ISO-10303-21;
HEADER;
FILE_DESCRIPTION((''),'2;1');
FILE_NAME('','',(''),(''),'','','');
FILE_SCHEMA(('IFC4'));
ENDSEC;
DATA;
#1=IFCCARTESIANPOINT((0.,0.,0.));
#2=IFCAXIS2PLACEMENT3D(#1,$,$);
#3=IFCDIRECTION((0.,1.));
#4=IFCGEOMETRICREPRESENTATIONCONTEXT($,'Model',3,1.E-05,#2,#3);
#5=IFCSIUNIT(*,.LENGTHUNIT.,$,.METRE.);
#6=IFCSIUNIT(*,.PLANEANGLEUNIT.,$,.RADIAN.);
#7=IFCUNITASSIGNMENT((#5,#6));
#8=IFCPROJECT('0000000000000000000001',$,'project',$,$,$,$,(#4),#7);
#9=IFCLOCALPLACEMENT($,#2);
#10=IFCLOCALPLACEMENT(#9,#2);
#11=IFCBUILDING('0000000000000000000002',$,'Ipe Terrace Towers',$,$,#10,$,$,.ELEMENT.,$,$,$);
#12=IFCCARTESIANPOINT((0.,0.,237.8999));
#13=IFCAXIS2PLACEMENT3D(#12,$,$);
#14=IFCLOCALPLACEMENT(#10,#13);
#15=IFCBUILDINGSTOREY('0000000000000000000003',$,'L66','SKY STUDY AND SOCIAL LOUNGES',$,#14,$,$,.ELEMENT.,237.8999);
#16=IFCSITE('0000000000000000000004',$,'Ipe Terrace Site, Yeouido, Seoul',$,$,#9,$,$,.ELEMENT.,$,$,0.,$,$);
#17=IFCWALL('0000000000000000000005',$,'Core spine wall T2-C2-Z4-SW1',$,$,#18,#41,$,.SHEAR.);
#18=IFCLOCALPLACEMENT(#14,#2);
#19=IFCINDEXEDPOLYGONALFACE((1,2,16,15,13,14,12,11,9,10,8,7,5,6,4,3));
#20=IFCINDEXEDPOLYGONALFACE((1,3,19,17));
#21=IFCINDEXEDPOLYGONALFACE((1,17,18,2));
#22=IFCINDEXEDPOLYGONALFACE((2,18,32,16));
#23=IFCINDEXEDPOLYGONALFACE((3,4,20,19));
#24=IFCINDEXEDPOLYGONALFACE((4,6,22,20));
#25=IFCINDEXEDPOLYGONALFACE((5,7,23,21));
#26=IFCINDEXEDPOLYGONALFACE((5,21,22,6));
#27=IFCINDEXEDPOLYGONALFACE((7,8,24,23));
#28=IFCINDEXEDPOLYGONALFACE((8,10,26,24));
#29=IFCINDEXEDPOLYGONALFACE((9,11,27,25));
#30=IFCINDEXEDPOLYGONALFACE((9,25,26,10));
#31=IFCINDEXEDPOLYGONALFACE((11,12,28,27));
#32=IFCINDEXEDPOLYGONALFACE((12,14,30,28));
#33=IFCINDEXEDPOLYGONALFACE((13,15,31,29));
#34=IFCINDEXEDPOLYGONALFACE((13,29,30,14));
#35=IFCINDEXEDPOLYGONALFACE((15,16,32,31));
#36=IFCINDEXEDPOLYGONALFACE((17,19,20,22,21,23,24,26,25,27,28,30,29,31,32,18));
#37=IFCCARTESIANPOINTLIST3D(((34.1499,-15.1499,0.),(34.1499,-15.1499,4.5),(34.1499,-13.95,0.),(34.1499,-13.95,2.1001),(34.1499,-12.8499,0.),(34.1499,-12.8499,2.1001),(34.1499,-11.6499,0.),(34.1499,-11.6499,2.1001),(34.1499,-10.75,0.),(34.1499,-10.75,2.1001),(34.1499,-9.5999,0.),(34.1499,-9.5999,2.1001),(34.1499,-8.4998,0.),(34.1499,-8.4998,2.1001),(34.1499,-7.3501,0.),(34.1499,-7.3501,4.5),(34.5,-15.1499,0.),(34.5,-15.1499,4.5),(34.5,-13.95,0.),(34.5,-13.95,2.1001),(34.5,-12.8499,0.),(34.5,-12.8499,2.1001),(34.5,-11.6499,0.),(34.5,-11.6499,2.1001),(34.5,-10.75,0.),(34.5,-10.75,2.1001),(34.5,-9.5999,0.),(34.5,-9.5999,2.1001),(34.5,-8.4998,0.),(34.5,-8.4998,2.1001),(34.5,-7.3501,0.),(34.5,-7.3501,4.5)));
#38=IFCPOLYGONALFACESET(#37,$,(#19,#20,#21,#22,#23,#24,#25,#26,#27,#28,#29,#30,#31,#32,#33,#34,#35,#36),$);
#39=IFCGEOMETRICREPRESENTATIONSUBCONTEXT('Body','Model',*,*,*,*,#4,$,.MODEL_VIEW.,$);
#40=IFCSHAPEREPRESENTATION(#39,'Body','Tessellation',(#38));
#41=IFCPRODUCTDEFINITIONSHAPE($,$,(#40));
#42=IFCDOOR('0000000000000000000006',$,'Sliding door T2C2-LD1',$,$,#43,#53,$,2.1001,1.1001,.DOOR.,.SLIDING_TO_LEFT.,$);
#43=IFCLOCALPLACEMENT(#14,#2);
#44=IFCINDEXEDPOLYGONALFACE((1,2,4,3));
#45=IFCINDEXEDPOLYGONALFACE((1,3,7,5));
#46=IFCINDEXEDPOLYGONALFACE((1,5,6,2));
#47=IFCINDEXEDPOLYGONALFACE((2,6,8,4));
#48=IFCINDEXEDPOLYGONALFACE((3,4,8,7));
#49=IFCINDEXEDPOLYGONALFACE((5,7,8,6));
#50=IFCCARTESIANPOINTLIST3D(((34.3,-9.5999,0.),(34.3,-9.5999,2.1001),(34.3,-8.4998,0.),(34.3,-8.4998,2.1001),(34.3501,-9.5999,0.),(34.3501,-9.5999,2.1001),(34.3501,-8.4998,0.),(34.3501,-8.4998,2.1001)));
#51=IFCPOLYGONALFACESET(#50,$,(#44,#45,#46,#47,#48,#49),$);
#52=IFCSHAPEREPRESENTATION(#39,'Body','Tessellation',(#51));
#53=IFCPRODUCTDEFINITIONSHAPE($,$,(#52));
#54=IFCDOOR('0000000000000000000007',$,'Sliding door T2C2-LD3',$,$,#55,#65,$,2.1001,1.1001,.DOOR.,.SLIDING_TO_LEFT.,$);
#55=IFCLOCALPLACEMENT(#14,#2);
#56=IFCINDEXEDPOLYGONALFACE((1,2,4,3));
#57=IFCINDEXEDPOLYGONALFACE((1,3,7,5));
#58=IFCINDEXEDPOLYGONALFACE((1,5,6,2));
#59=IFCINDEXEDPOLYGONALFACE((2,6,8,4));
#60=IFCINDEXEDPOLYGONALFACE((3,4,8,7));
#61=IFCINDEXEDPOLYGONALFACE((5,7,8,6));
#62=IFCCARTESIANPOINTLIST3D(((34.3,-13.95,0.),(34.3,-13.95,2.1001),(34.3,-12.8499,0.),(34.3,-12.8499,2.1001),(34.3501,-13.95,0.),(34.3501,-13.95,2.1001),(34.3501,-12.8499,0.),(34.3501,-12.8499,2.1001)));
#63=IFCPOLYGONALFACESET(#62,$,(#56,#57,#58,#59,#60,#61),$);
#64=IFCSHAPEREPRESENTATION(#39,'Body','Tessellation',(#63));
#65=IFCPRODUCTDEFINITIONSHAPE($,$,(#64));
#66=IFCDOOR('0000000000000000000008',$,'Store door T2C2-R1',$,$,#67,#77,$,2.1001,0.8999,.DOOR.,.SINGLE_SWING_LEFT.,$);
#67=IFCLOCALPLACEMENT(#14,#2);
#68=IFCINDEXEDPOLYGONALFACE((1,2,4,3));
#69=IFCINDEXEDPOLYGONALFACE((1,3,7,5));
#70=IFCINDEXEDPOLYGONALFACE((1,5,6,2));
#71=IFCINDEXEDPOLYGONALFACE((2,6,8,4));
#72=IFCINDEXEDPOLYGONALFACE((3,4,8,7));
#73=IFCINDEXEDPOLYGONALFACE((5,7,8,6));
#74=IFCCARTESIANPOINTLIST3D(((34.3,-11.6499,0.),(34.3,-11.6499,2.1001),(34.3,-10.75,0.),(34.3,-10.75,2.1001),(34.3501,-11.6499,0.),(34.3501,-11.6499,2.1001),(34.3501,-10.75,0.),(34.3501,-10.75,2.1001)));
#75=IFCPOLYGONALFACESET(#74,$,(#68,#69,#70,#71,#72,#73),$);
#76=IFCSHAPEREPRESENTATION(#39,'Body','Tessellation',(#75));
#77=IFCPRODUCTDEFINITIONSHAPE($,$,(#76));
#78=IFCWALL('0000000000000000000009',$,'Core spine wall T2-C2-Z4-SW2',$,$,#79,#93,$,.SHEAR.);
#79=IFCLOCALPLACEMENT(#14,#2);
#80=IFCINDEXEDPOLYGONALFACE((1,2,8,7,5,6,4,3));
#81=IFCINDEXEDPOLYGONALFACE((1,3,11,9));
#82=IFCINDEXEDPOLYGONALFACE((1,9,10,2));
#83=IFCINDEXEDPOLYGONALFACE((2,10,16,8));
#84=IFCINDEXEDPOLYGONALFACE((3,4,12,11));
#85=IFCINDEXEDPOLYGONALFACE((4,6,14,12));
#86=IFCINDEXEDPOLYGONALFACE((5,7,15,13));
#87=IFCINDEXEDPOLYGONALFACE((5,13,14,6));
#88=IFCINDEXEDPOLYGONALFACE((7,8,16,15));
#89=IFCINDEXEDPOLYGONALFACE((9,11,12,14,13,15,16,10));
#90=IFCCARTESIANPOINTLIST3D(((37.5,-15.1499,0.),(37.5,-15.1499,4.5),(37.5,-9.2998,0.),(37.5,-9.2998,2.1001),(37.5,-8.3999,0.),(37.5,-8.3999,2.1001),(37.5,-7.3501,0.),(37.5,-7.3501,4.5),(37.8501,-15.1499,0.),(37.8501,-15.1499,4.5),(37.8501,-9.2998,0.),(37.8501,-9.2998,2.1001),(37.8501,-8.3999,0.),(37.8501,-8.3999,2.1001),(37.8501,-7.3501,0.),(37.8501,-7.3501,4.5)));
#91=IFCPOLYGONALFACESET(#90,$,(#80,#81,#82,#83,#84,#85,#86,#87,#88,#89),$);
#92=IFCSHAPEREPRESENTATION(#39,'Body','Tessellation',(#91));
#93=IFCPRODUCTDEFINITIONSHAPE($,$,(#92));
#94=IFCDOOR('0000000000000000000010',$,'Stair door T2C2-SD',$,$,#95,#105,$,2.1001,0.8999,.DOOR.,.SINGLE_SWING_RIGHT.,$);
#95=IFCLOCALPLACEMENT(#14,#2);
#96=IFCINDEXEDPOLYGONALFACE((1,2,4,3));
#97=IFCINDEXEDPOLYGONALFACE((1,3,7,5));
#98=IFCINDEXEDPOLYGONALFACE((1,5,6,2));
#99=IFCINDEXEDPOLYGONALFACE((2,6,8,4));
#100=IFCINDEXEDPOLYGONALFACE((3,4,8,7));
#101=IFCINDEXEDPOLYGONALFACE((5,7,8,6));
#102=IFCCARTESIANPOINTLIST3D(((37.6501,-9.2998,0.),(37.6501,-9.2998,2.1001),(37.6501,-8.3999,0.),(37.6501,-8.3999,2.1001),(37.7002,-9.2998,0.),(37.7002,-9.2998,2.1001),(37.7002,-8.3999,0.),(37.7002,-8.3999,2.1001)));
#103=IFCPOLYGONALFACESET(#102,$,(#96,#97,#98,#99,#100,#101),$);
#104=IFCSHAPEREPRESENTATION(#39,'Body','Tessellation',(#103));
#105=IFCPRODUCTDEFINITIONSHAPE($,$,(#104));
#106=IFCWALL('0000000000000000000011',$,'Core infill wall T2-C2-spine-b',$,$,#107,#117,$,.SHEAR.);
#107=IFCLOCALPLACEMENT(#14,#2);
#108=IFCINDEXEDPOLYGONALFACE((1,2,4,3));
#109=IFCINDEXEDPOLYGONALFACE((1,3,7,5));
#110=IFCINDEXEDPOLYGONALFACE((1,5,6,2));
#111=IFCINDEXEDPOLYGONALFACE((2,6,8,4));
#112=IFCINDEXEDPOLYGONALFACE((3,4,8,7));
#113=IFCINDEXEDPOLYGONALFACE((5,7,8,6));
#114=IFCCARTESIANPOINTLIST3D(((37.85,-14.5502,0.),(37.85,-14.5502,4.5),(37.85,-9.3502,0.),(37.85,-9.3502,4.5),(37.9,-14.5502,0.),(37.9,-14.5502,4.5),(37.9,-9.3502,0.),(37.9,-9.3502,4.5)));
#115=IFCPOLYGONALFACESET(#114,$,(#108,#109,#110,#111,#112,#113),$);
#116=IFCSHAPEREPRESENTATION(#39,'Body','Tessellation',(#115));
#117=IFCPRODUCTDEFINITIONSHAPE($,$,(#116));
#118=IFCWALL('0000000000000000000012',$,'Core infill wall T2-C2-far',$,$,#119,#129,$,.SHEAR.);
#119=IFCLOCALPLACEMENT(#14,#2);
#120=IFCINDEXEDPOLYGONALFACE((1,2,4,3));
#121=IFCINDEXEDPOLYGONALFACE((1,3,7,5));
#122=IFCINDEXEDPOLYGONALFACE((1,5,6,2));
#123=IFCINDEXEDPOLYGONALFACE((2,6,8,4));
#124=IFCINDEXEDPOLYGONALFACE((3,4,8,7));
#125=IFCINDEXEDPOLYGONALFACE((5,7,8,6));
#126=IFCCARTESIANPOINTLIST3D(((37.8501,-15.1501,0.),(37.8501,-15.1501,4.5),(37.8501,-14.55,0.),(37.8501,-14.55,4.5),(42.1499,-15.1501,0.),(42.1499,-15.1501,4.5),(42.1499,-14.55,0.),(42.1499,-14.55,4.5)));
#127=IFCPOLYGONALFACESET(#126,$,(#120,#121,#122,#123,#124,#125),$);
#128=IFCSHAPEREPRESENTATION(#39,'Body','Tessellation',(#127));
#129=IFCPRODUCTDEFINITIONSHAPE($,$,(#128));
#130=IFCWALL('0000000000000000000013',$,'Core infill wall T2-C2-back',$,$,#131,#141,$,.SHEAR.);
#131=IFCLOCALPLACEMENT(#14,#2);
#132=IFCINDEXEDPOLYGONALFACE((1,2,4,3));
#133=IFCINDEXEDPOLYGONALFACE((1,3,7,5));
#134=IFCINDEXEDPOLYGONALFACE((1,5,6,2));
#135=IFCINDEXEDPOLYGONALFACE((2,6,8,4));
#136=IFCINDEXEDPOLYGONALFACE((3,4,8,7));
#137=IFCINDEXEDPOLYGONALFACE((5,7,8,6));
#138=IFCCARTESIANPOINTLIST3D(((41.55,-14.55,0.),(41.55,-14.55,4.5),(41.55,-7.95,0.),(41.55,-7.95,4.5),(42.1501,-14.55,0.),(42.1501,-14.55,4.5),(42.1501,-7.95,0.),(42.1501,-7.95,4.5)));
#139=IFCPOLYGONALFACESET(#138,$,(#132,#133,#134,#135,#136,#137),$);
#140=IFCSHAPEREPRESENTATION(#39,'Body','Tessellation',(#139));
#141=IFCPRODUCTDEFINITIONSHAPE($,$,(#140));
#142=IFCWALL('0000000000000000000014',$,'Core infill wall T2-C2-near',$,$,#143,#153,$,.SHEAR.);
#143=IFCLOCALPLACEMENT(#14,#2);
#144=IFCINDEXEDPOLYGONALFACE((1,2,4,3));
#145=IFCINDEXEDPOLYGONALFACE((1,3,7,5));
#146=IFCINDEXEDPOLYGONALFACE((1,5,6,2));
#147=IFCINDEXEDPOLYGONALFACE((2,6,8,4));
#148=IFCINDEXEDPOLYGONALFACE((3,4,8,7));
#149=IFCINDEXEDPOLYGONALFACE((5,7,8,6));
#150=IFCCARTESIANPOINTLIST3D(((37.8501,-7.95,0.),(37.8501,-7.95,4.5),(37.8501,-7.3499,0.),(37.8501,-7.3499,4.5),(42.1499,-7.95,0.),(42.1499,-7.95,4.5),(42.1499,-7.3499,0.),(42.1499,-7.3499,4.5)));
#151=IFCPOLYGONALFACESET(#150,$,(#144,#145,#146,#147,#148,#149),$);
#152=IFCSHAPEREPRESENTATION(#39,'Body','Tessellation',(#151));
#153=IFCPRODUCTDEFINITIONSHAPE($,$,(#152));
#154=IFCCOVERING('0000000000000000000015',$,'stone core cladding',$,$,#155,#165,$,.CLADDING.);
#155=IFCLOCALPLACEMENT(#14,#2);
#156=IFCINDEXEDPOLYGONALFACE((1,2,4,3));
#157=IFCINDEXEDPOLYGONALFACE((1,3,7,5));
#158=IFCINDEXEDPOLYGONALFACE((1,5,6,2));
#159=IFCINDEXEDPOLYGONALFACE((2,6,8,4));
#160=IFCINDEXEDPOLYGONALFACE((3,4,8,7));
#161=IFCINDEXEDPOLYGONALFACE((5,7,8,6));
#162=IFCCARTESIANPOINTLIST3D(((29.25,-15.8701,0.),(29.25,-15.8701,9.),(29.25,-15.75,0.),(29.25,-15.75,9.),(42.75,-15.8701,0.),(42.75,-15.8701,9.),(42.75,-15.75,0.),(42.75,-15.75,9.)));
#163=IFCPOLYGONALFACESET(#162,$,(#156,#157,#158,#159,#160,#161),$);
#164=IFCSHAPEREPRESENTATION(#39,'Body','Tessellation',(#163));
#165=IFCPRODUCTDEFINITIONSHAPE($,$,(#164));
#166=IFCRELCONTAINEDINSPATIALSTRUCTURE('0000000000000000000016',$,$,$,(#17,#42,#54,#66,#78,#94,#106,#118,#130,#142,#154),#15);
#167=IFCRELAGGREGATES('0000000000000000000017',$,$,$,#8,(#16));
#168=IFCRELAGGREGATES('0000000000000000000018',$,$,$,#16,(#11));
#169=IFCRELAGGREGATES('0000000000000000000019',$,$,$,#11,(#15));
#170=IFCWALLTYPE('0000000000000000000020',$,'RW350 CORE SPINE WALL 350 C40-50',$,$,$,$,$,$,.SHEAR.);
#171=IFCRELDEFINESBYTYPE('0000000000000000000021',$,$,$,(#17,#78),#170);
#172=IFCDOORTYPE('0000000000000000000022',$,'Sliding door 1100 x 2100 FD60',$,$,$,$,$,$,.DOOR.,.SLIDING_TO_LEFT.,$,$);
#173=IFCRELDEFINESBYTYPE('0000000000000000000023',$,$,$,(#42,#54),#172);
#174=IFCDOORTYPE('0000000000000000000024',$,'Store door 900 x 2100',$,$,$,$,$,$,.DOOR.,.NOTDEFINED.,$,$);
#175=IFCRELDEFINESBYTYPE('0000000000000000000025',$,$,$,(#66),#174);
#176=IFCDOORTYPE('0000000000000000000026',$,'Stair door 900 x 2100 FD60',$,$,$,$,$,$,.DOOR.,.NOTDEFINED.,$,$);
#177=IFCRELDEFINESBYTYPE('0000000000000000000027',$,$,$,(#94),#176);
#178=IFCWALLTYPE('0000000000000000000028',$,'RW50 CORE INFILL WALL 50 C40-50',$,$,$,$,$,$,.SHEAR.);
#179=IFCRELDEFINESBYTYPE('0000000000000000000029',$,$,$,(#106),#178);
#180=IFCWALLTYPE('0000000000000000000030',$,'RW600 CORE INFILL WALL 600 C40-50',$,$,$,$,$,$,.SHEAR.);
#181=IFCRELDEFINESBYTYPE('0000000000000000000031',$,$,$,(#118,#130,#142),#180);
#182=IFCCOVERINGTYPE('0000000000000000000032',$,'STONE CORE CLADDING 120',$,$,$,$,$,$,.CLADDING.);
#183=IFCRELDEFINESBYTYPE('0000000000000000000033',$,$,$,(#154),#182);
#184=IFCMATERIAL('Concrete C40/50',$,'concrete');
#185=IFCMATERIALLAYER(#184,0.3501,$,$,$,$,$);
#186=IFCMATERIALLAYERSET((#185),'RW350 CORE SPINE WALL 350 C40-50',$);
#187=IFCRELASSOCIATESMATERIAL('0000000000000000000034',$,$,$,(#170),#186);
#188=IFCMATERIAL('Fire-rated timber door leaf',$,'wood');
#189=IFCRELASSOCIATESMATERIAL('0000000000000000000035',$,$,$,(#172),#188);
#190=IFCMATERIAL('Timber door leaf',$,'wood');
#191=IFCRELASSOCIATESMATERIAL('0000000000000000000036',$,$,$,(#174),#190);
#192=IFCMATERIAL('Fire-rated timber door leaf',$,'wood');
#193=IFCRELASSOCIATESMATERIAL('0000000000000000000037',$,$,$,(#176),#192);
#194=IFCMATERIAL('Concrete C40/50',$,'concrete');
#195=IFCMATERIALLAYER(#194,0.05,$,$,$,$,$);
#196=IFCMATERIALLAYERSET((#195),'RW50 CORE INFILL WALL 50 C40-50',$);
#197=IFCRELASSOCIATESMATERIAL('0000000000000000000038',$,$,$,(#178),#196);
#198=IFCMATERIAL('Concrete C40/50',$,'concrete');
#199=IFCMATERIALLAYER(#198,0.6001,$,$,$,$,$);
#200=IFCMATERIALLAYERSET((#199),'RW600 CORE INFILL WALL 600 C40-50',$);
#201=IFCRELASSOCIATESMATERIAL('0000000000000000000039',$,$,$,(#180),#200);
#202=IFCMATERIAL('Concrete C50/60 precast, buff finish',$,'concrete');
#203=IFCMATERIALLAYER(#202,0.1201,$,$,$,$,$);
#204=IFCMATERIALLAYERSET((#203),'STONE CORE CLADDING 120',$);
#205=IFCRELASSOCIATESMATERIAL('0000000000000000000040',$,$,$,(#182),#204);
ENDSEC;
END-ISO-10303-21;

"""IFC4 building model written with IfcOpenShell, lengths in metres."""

from ifc_helpers import new_model, si_unit, direction, frame, frame_2d, origin, origin_2d, place, context, subcontext, project, spatial, rectangle, extrude, material, layer, layer_set, type_object, element, fill, save


model = new_model("IFC4")

# Units and contexts
model_context = context("Model", 3, precision=1e-05, world=origin(), true_north=direction((0.0, 1.0)))
body_context = subcontext(model_context, "Body", "Model", "MODEL_VIEW")
ifc_project = project(units=[si_unit("LENGTHUNIT", "METRE"), si_unit("PLANEANGLEUNIT", "RADIAN")], contexts=[model_context])

# Site, building, storey
site_placement = place(None, origin())
site = spatial("IfcSite", under=ifc_project, at=site_placement, Name="Ipe Terrace Site, Yeouido, Seoul", CompositionType="ELEMENT", RefElevation=0.0)
building_placement = place(site_placement, origin())
building = spatial("IfcBuilding", under=site, at=building_placement, Name="Ipe Terrace Towers", CompositionType="ELEMENT")
storey_placement = place(building_placement, frame((0.0, 0.0, 237.8999)))
storey = spatial("IfcBuildingStorey", under=building, at=storey_placement, Name="L66", Description="SKY STUDY AND SOCIAL LOUNGES", CompositionType="ELEMENT", Elevation=237.8999)

# Wall, openings, doors
ifc_material_1 = material(Name="Concrete C40/50", Category="concrete")
ifc_layer_1 = layer(ifc_material_1, 0.3501)
ifc_layer_set_1 = layer_set([ifc_layer_1], Name="RW350 CORE SPINE WALL 350 C40-50")
wall_type_1 = type_object("IfcWallType", Name="RW350 CORE SPINE WALL 350 C40-50", PredefinedType="SHEAR", material=ifc_layer_set_1)
wall_1_placement = place(storey_placement, frame((34.325, -15.1499, 0.0), z_axis=(0.0, 0.0, 1.0), x_axis=(0.0, 1.0, 0.0)))
wall_1 = element("IfcWall", 1, at=wall_1_placement, inside=storey, type_object=wall_type_1, Name="Core spine wall T2-C2-Z4-SW1", PredefinedType="SHEAR", context=body_context, shape_type="SweptSolid", body=[
    extrude(rectangle(XDim=7.7998, YDim=0.3501, at=frame_2d((3.8999, 0.0))), origin(), (0.0, 0.0, 1.0), 4.5),
])
opening_1_placement = place(wall_1_placement, frame((5.55, 0.0, 0.0)))
opening_1 = element("IfcOpeningElement", 2, at=opening_1_placement, cuts=wall_1, PredefinedType="OPENING", context=body_context, shape_type="SweptSolid", body=[
    extrude(rectangle(XDim=1.1001, YDim=2.1001, at=frame_2d((0.55, 1.05))), frame((0.0, 0.1851, 0.0), z_axis=(0.0, -1.0, 0.0), x_axis=(1.0, 0.0, 0.0)), (0.0, 0.0, 1.0), 0.3701),
])
opening_2_placement = place(wall_1_placement, frame((1.2, 0.0, 0.0)))
opening_2 = element("IfcOpeningElement", 3, at=opening_2_placement, cuts=wall_1, PredefinedType="OPENING", context=body_context, shape_type="SweptSolid", body=[
    extrude(rectangle(XDim=1.1001, YDim=2.1001, at=frame_2d((0.55, 1.05))), frame((0.0, 0.1851, 0.0), z_axis=(0.0, -1.0, 0.0), x_axis=(1.0, 0.0, 0.0)), (0.0, 0.0, 1.0), 0.3701),
])
opening_3_placement = place(wall_1_placement, frame((3.5, 0.0, 0.0)))
opening_3 = element("IfcOpeningElement", 4, at=opening_3_placement, cuts=wall_1, PredefinedType="OPENING", context=body_context, shape_type="SweptSolid", body=[
    extrude(rectangle(XDim=0.8999, YDim=2.1001, at=frame_2d((0.45, 1.05))), frame((0.0, 0.1851, 0.0), z_axis=(0.0, -1.0, 0.0), x_axis=(1.0, 0.0, 0.0)), (0.0, 0.0, 1.0), 0.3701),
])
ifc_material_2 = material(Name="Fire-rated timber door leaf", Category="wood")
door_type_1 = type_object("IfcDoorType", Name="Sliding door 1100 x 2100 FD60", OperationType="SLIDING_TO_LEFT", PredefinedType="DOOR", material=ifc_material_2)
door_1_placement = place(opening_1_placement, origin())
door_1 = element("IfcDoor", 5, at=door_1_placement, inside=storey, type_object=door_type_1, Name="Sliding door T2C2-LD1", OperationType="SLIDING_TO_LEFT", OverallHeight=2.1001, OverallWidth=1.1001, PredefinedType="DOOR", context=body_context, shape_type="SweptSolid", body=[
    extrude(rectangle(XDim=1.1001, YDim=2.1001, at=frame_2d((0.55, 1.05))), frame((0.0, 0.0249, 0.0), z_axis=(0.0, -1.0, 0.0), x_axis=(1.0, 0.0, 0.0)), (0.0, 0.0, 1.0), 0.05),
])
fill(opening_1, door_1)
door_2_placement = place(opening_2_placement, origin())
door_2 = element("IfcDoor", 6, at=door_2_placement, inside=storey, type_object=door_type_1, Name="Sliding door T2C2-LD3", OperationType="SLIDING_TO_LEFT", OverallHeight=2.1001, OverallWidth=1.1001, PredefinedType="DOOR", context=body_context, shape_type="SweptSolid", body=[
    extrude(rectangle(XDim=1.1001, YDim=2.1001, at=frame_2d((0.55, 1.05))), frame((0.0, 0.0249, 0.0), z_axis=(0.0, -1.0, 0.0), x_axis=(1.0, 0.0, 0.0)), (0.0, 0.0, 1.0), 0.05),
])
fill(opening_2, door_2)
ifc_material_3 = material(Name="Timber door leaf", Category="wood")
door_type_2 = type_object("IfcDoorType", Name="Store door 900 x 2100", OperationType="NOTDEFINED", PredefinedType="DOOR", material=ifc_material_3)
door_3_placement = place(opening_3_placement, origin())
door_3 = element("IfcDoor", 7, at=door_3_placement, inside=storey, type_object=door_type_2, Name="Store door T2C2-R1", OperationType="SINGLE_SWING_LEFT", OverallHeight=2.1001, OverallWidth=0.8999, PredefinedType="DOOR", context=body_context, shape_type="SweptSolid", body=[
    extrude(rectangle(XDim=0.8999, YDim=2.1001, at=frame_2d((0.45, 1.05))), frame((0.0, 0.0249, 0.0), z_axis=(0.0, -1.0, 0.0), x_axis=(1.0, 0.0, 0.0)), (0.0, 0.0, 1.0), 0.05),
])
fill(opening_3, door_3)

# Wall, opening, door
wall_2_placement = place(storey_placement, frame((37.675, -15.1499, 0.0), z_axis=(0.0, 0.0, 1.0), x_axis=(0.0, 1.0, 0.0)))
wall_2 = element("IfcWall", 8, at=wall_2_placement, inside=storey, type_object=wall_type_1, Name="Core spine wall T2-C2-Z4-SW2", PredefinedType="SHEAR", context=body_context, shape_type="SweptSolid", body=[
    extrude(rectangle(XDim=7.7998, YDim=0.3501, at=frame_2d((3.8999, 0.0))), origin(), (0.0, 0.0, 1.0), 4.5),
])
opening_4_placement = place(wall_2_placement, frame((5.8501, 0.0, 0.0)))
opening_4 = element("IfcOpeningElement", 9, at=opening_4_placement, cuts=wall_2, PredefinedType="OPENING", context=body_context, shape_type="SweptSolid", body=[
    extrude(rectangle(XDim=0.8999, YDim=2.1001, at=frame_2d((0.45, 1.05))), frame((0.0, 0.1851, 0.0), z_axis=(0.0, -1.0, 0.0), x_axis=(1.0, 0.0, 0.0)), (0.0, 0.0, 1.0), 0.3701),
])
ifc_material_4 = material(Name="Fire-rated timber door leaf", Category="wood")
door_type_3 = type_object("IfcDoorType", Name="Stair door 900 x 2100 FD60", OperationType="NOTDEFINED", PredefinedType="DOOR", material=ifc_material_4)
door_4_placement = place(opening_4_placement, origin())
door_4 = element("IfcDoor", 10, at=door_4_placement, inside=storey, type_object=door_type_3, Name="Stair door T2C2-SD", OperationType="SINGLE_SWING_RIGHT", OverallHeight=2.1001, OverallWidth=0.8999, PredefinedType="DOOR", context=body_context, shape_type="SweptSolid", body=[
    extrude(rectangle(XDim=0.8999, YDim=2.1001, at=frame_2d((0.45, 1.05))), frame((0.0, 0.0249, 0.0), z_axis=(0.0, -1.0, 0.0), x_axis=(1.0, 0.0, 0.0)), (0.0, 0.0, 1.0), 0.05),
])
fill(opening_4, door_4)

# Walls
ifc_material_5 = material(Name="Concrete C40/50", Category="concrete")
ifc_layer_2 = layer(ifc_material_5, 0.05)
ifc_layer_set_2 = layer_set([ifc_layer_2], Name="RW50 CORE INFILL WALL 50 C40-50")
wall_type_2 = type_object("IfcWallType", Name="RW50 CORE INFILL WALL 50 C40-50", PredefinedType="SHEAR", material=ifc_layer_set_2)
wall_3_placement = place(storey_placement, frame((37.875, -9.3501, 0.0), z_axis=(0.0, 0.0, 1.0), x_axis=(0.0, -1.0, 0.0)))
element("IfcWall", 11, at=wall_3_placement, inside=storey, type_object=wall_type_2, Name="Core infill wall T2-C2-spine-b", PredefinedType="SHEAR", context=body_context, shape_type="SweptSolid", body=[
    extrude(rectangle(XDim=5.2, YDim=0.05, at=frame_2d((2.6001, 0.0))), origin(), (0.0, 0.0, 1.0), 4.5),
])
ifc_material_6 = material(Name="Concrete C40/50", Category="concrete")
ifc_layer_3 = layer(ifc_material_6, 0.6001)
ifc_layer_set_3 = layer_set([ifc_layer_3], Name="RW600 CORE INFILL WALL 600 C40-50")
wall_type_3 = type_object("IfcWallType", Name="RW600 CORE INFILL WALL 600 C40-50", PredefinedType="SHEAR", material=ifc_layer_set_3)
wall_4_placement = place(storey_placement, frame((37.8501, -14.8501, 0.0), z_axis=(0.0, 0.0, 1.0), x_axis=(1.0, 0.0, 0.0)))
element("IfcWall", 12, at=wall_4_placement, inside=storey, type_object=wall_type_3, Name="Core infill wall T2-C2-far", PredefinedType="SHEAR", context=body_context, shape_type="SweptSolid", body=[
    extrude(rectangle(XDim=4.2998, YDim=0.6001, at=frame_2d((2.1499, 0.0))), origin(), (0.0, 0.0, 1.0), 4.5),
])
wall_5_placement = place(storey_placement, frame((41.8501, -7.95, 0.0), z_axis=(0.0, 0.0, 1.0), x_axis=(0.0, -1.0, 0.0)))
element("IfcWall", 13, at=wall_5_placement, inside=storey, type_object=wall_type_3, Name="Core infill wall T2-C2-back", PredefinedType="SHEAR", context=body_context, shape_type="SweptSolid", body=[
    extrude(rectangle(XDim=6.6001, YDim=0.6001, at=frame_2d((3.3, 0.0))), origin(), (0.0, 0.0, 1.0), 4.5),
])
wall_6_placement = place(storey_placement, frame((37.8501, -7.6499, 0.0), z_axis=(0.0, 0.0, 1.0), x_axis=(1.0, 0.0, 0.0)))
element("IfcWall", 14, at=wall_6_placement, inside=storey, type_object=wall_type_3, Name="Core infill wall T2-C2-near", PredefinedType="SHEAR", context=body_context, shape_type="SweptSolid", body=[
    extrude(rectangle(XDim=4.2998, YDim=0.6001, at=frame_2d((2.1499, 0.0))), origin(), (0.0, 0.0, 1.0), 4.5),
])

# Covering
ifc_material_7 = material(Name="Concrete C50/60 precast, buff finish", Category="concrete")
ifc_layer_4 = layer(ifc_material_7, 0.1201)
ifc_layer_set_4 = layer_set([ifc_layer_4], Name="STONE CORE CLADDING 120")
covering_type = type_object("IfcCoveringType", Name="STONE CORE CLADDING 120", PredefinedType="CLADDING", material=ifc_layer_set_4)
covering_placement = place(storey_placement, frame((36.0, -15.8101, 0.0), z_axis=(0.0, 0.0, 1.0), x_axis=(1.0, 0.0, 0.0)))
element("IfcCovering", 15, at=covering_placement, inside=storey, type_object=covering_type, Name="stone core cladding", PredefinedType="CLADDING", context=body_context, shape_type="SweptSolid", body=[
    extrude(rectangle(XDim=13.5, YDim=0.1201, at=origin_2d()), origin(), (0.0, 0.0, 1.0), 9.0),
])

save(model, "model.ifc")
